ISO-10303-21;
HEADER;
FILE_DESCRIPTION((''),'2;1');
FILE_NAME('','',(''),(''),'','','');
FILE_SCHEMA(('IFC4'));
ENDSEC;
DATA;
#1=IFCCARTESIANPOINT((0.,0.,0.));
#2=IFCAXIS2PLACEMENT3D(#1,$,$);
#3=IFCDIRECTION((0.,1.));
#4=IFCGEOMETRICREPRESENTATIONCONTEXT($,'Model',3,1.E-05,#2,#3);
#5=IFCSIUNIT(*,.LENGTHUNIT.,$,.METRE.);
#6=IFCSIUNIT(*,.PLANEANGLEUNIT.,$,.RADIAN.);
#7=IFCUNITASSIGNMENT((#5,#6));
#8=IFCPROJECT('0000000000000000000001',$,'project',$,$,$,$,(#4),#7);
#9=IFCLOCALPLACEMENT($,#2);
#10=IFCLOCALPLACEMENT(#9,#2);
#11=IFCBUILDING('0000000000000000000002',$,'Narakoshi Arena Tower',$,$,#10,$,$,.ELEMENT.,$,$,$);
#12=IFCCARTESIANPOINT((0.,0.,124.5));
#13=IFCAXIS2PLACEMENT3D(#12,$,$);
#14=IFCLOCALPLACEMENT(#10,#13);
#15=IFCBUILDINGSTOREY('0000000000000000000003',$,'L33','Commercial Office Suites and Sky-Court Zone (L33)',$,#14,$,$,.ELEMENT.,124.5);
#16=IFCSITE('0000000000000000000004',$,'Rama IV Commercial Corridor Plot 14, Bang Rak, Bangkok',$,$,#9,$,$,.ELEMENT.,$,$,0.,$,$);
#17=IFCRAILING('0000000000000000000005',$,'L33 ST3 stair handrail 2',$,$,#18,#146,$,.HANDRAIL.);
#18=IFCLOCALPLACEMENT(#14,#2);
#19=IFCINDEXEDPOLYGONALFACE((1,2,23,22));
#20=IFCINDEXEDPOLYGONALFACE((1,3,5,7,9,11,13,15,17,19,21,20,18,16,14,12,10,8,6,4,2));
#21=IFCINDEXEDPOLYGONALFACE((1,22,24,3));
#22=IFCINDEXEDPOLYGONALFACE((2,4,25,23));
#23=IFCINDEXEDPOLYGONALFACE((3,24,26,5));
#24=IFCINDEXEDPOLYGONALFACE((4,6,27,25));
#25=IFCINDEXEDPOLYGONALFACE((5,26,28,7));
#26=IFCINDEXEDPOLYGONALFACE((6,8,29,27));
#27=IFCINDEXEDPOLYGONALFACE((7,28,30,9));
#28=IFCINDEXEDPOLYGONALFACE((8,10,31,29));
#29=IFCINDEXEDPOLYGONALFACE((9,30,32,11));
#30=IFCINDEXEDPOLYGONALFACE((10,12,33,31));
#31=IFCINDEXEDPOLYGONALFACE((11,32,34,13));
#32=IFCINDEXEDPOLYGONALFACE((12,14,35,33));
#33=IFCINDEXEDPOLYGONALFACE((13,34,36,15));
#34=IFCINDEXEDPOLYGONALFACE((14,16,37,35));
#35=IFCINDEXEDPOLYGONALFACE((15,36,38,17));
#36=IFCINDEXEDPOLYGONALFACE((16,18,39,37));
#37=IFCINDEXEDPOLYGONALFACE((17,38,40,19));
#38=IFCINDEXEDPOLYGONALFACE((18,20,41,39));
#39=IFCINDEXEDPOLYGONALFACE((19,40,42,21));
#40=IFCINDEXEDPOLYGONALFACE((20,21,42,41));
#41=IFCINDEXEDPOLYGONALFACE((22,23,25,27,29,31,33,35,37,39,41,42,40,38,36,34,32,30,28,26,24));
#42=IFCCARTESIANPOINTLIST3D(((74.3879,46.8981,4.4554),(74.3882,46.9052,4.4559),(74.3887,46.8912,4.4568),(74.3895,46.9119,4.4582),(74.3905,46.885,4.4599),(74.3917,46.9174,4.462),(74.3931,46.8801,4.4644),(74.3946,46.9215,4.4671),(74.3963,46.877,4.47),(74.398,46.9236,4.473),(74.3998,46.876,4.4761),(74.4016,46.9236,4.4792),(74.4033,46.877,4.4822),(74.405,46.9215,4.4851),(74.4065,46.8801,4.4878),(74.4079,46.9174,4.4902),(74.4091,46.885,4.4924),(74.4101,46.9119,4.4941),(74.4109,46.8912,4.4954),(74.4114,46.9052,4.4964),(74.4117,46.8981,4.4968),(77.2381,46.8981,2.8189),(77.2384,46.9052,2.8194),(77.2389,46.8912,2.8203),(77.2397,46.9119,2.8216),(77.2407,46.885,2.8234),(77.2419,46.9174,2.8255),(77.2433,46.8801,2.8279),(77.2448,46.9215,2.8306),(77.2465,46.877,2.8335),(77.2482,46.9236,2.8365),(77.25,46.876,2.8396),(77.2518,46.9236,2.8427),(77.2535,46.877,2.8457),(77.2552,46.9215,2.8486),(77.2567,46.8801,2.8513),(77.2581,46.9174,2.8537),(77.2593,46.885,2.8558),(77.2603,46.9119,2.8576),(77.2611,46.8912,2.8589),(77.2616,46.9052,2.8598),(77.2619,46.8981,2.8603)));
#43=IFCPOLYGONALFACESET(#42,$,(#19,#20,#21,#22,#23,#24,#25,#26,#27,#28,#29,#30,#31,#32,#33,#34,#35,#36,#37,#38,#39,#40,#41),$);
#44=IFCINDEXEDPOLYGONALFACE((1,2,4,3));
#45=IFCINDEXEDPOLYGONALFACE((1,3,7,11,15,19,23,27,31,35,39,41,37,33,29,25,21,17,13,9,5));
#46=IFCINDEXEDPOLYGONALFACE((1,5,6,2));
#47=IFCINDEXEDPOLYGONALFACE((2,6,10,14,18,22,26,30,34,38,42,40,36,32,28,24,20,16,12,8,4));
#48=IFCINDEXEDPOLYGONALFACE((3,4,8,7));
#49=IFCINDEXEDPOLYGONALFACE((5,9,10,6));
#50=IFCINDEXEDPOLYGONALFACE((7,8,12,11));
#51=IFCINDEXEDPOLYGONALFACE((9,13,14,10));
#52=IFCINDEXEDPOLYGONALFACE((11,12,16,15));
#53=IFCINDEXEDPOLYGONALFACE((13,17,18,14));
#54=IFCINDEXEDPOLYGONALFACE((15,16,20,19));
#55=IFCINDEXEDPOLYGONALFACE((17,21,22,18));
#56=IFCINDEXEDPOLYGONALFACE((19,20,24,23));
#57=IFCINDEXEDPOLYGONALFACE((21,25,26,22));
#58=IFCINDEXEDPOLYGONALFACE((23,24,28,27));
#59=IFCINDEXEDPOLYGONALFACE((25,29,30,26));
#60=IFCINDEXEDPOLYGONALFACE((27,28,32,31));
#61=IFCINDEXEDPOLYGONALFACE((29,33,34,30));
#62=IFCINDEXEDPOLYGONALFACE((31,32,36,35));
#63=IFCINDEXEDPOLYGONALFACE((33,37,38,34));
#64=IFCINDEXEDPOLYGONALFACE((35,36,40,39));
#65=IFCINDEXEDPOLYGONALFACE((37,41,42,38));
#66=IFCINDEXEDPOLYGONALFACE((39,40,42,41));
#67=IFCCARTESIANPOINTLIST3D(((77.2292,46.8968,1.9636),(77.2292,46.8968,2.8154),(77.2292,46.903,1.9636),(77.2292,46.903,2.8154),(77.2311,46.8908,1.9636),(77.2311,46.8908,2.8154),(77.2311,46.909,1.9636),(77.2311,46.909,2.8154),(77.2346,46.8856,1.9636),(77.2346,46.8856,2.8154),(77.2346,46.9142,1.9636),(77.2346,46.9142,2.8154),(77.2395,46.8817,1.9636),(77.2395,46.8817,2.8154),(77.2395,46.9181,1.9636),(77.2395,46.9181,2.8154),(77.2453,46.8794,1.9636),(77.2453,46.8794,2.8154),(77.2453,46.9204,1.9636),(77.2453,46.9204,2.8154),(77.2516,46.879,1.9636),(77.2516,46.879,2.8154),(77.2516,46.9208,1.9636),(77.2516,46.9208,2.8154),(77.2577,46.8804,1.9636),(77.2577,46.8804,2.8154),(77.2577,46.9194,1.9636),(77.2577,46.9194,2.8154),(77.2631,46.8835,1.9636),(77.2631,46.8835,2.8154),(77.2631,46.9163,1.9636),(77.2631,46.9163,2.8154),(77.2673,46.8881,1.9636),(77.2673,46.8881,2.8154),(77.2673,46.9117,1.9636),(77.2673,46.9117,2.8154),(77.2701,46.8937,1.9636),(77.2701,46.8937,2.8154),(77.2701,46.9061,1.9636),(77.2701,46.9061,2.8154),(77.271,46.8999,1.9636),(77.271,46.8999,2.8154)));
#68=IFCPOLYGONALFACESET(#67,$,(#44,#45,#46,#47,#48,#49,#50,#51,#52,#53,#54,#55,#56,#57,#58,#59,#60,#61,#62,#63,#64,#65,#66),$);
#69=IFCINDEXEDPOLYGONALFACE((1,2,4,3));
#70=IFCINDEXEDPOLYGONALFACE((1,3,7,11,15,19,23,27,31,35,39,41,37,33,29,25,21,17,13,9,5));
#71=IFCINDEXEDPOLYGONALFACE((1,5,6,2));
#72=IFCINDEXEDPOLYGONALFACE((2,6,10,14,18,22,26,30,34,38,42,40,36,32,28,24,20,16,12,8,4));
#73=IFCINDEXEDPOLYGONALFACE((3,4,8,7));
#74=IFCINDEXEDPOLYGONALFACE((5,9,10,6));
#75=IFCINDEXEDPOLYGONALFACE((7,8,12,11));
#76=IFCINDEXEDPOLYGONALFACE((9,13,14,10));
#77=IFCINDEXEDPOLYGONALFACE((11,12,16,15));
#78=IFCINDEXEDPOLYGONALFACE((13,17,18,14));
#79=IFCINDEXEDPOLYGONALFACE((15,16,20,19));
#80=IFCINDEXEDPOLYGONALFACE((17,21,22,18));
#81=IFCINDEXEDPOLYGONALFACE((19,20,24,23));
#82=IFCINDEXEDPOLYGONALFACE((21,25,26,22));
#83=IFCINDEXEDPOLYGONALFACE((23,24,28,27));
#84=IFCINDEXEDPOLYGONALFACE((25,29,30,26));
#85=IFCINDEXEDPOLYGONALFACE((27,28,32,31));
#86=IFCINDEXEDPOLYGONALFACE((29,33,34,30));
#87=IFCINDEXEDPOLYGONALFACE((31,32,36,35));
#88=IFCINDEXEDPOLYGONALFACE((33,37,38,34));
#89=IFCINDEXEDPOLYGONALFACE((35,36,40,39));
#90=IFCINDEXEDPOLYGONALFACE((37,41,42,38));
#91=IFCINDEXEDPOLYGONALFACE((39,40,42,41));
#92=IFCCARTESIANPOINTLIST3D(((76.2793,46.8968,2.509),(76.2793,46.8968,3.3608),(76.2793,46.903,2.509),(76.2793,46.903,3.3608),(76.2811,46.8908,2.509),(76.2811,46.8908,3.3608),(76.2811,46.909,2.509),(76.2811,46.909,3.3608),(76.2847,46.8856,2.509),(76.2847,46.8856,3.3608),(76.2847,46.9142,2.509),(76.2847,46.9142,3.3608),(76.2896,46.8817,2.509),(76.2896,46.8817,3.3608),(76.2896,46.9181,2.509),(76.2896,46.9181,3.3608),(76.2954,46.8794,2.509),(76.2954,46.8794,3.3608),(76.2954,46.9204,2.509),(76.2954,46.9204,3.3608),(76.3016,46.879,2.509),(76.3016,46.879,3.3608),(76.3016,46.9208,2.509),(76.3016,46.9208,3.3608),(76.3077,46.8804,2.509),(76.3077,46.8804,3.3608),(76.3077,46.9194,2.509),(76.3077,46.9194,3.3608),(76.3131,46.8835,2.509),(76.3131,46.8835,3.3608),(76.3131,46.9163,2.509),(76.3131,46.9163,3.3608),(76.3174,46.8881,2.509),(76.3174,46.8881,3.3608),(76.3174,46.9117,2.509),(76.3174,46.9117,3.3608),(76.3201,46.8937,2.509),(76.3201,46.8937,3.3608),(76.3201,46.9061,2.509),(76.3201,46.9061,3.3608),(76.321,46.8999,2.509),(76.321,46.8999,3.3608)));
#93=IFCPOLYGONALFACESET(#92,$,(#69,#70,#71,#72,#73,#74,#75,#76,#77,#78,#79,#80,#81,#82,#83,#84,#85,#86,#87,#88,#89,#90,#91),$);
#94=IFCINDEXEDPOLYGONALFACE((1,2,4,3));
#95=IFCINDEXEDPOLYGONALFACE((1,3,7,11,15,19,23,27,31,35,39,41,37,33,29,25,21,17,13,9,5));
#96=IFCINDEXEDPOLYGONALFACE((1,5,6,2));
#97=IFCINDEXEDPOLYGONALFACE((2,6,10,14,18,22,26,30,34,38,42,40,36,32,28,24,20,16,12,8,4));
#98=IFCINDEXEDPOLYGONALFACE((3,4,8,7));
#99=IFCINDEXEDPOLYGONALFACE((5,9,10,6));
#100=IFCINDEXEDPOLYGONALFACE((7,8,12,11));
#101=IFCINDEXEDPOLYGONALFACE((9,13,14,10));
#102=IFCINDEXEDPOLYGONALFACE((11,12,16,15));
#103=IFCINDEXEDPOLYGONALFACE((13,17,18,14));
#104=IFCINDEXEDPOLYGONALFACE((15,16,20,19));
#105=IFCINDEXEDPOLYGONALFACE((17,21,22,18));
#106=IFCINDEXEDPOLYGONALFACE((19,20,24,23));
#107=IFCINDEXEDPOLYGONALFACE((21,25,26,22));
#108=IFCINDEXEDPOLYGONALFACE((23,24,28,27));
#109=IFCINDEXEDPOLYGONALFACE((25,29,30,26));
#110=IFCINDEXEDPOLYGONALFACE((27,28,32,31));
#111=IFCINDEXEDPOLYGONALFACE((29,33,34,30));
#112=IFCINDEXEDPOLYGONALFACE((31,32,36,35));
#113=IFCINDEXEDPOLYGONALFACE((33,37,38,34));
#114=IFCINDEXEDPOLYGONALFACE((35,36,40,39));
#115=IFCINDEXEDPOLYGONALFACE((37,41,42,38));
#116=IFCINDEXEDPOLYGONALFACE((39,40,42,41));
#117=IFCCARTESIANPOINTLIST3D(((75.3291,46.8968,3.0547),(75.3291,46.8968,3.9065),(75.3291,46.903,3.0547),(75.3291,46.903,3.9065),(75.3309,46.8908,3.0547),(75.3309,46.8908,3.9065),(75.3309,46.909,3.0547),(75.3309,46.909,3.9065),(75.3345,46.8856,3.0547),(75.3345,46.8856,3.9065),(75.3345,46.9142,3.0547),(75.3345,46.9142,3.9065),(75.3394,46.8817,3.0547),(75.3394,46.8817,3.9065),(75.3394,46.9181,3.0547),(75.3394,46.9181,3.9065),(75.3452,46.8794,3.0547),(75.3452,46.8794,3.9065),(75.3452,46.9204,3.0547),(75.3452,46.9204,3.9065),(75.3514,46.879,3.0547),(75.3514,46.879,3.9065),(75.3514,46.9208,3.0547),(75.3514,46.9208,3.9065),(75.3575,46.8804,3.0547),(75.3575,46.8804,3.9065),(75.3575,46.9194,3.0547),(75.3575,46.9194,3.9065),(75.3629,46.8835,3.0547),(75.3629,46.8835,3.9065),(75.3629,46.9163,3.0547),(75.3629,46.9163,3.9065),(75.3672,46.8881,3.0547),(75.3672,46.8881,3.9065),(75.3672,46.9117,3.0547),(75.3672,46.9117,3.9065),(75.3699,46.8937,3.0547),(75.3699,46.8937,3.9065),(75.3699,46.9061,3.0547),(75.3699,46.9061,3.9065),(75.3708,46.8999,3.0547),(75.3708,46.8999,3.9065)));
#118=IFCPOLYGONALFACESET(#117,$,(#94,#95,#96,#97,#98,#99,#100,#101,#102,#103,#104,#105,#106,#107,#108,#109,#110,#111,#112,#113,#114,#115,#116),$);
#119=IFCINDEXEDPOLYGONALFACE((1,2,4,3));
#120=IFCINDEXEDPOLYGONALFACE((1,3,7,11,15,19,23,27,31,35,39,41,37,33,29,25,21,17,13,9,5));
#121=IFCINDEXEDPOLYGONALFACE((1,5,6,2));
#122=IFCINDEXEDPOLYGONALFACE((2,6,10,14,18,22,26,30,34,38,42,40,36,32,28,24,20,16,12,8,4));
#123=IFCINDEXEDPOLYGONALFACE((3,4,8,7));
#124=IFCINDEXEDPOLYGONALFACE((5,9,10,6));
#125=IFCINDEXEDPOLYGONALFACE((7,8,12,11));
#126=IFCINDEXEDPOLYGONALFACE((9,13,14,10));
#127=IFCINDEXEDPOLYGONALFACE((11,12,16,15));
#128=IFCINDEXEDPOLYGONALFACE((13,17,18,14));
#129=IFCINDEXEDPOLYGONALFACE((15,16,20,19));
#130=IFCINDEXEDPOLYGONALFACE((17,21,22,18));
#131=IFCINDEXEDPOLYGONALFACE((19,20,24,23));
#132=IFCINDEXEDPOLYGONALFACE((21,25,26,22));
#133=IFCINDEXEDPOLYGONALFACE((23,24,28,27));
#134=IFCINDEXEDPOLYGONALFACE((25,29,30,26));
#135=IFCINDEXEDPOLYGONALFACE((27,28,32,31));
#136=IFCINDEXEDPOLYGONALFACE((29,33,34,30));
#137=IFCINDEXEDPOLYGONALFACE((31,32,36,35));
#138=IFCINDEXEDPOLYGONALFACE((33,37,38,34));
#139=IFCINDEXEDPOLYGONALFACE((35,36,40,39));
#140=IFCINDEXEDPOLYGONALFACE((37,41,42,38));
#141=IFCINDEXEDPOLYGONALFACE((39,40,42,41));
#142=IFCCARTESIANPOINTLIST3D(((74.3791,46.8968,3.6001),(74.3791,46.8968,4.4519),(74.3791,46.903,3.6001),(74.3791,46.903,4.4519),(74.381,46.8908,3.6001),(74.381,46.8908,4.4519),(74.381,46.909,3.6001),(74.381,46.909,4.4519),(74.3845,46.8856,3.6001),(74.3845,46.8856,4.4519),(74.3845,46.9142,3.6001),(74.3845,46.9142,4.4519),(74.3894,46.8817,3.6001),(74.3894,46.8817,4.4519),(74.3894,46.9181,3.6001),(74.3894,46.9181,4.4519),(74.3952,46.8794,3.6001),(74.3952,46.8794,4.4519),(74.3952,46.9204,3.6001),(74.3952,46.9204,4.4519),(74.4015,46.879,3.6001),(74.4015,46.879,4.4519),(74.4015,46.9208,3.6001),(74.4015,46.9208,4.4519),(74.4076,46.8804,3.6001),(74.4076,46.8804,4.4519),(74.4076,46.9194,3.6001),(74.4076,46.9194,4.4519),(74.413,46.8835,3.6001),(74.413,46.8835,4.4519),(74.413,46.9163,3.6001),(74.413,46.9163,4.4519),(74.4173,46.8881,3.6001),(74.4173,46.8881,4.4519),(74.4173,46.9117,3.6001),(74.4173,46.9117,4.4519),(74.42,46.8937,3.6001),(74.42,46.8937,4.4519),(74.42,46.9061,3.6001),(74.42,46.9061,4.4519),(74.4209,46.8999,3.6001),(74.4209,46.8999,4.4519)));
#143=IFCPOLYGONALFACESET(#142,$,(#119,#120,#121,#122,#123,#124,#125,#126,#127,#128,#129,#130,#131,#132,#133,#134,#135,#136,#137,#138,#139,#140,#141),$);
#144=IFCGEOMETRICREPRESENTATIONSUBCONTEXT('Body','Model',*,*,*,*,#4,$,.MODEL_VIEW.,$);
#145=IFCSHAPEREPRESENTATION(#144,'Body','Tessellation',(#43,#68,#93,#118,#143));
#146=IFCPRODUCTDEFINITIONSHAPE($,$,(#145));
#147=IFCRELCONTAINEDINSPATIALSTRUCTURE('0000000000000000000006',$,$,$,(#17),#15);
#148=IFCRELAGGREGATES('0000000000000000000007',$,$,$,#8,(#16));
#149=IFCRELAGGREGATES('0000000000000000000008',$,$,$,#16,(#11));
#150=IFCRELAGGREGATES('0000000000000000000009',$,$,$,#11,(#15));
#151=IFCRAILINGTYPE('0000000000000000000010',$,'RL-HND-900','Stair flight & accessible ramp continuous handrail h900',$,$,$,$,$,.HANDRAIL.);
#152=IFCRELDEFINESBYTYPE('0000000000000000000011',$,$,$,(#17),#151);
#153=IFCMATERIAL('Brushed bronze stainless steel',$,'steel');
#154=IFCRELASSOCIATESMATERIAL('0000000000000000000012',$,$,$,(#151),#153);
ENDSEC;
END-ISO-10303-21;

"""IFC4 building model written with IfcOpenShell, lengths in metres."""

from ifc_helpers import new_model, si_unit, direction, frame, origin, origin_2d, place, context, subcontext, project, spatial, circle, extrude, material, type_object, element, save


model = new_model("IFC4")

# Units and contexts
model_context = context("Model", 3, precision=1e-05, world=origin(), true_north=direction((0.0, 1.0)))
body_context = subcontext(model_context, "Body", "Model", "MODEL_VIEW")
ifc_project = project(units=[si_unit("LENGTHUNIT", "METRE"), si_unit("PLANEANGLEUNIT", "RADIAN")], contexts=[model_context])

# Site, building, storey
site_placement = place(None, origin())
site = spatial("IfcSite", under=ifc_project, at=site_placement, Name="Rama IV Commercial Corridor Plot 14, Bang Rak, Bangkok", CompositionType="ELEMENT", RefElevation=0.0)
building_placement = place(site_placement, origin())
building = spatial("IfcBuilding", under=site, at=building_placement, Name="Narakoshi Arena Tower", CompositionType="ELEMENT")
storey_placement = place(building_placement, frame((0.0, 0.0, 124.5)))
storey = spatial("IfcBuildingStorey", under=building, at=storey_placement, Name="L33", Description="Commercial Office Suites and Sky-Court Zone (L33)", CompositionType="ELEMENT", Elevation=124.5)

# Shared definitions
ifc_material_1 = material(Name="Brushed bronze stainless steel", Category="steel")

# Railing
railing_type = type_object("IfcRailingType", Name="RL-HND-900", Description="Stair flight & accessible ramp continuous handrail h900", PredefinedType="HANDRAIL", material=ifc_material_1)
railing_placement = place(storey_placement, frame((77.25, 46.8999, 1.9636)))
element("IfcRailing", 1, at=railing_placement, inside=storey, type_object=railing_type, Name="L33 ST3 stair handrail 2", PredefinedType="HANDRAIL", context=body_context, shape_type="SweptSolid", body=[
    extrude(circle(Radius=0.0239, at=origin_2d()), frame((0.0, 0.0, 0.876), z_axis=(-0.867213, 0.0, 0.497938), x_axis=(0.0, -1.0, 0.0)), (0.0, 0.0, 1.0), 3.2866),
    extrude(circle(Radius=0.021, at=origin_2d()), origin(), (0.0, 0.0, 1.0), 0.8518),
    extrude(circle(Radius=0.021, at=origin_2d()), frame((-0.95, 0.0, 0.5454)), (0.0, 0.0, 1.0), 0.8518),
    extrude(circle(Radius=0.021, at=origin_2d()), frame((-1.9001, 0.0, 1.0911)), (0.0, 0.0, 1.0), 0.8518),
    extrude(circle(Radius=0.021, at=origin_2d()), frame((-2.8501, 0.0, 1.6365)), (0.0, 0.0, 1.0), 0.8518),
])

save(model, "model.ifc")
